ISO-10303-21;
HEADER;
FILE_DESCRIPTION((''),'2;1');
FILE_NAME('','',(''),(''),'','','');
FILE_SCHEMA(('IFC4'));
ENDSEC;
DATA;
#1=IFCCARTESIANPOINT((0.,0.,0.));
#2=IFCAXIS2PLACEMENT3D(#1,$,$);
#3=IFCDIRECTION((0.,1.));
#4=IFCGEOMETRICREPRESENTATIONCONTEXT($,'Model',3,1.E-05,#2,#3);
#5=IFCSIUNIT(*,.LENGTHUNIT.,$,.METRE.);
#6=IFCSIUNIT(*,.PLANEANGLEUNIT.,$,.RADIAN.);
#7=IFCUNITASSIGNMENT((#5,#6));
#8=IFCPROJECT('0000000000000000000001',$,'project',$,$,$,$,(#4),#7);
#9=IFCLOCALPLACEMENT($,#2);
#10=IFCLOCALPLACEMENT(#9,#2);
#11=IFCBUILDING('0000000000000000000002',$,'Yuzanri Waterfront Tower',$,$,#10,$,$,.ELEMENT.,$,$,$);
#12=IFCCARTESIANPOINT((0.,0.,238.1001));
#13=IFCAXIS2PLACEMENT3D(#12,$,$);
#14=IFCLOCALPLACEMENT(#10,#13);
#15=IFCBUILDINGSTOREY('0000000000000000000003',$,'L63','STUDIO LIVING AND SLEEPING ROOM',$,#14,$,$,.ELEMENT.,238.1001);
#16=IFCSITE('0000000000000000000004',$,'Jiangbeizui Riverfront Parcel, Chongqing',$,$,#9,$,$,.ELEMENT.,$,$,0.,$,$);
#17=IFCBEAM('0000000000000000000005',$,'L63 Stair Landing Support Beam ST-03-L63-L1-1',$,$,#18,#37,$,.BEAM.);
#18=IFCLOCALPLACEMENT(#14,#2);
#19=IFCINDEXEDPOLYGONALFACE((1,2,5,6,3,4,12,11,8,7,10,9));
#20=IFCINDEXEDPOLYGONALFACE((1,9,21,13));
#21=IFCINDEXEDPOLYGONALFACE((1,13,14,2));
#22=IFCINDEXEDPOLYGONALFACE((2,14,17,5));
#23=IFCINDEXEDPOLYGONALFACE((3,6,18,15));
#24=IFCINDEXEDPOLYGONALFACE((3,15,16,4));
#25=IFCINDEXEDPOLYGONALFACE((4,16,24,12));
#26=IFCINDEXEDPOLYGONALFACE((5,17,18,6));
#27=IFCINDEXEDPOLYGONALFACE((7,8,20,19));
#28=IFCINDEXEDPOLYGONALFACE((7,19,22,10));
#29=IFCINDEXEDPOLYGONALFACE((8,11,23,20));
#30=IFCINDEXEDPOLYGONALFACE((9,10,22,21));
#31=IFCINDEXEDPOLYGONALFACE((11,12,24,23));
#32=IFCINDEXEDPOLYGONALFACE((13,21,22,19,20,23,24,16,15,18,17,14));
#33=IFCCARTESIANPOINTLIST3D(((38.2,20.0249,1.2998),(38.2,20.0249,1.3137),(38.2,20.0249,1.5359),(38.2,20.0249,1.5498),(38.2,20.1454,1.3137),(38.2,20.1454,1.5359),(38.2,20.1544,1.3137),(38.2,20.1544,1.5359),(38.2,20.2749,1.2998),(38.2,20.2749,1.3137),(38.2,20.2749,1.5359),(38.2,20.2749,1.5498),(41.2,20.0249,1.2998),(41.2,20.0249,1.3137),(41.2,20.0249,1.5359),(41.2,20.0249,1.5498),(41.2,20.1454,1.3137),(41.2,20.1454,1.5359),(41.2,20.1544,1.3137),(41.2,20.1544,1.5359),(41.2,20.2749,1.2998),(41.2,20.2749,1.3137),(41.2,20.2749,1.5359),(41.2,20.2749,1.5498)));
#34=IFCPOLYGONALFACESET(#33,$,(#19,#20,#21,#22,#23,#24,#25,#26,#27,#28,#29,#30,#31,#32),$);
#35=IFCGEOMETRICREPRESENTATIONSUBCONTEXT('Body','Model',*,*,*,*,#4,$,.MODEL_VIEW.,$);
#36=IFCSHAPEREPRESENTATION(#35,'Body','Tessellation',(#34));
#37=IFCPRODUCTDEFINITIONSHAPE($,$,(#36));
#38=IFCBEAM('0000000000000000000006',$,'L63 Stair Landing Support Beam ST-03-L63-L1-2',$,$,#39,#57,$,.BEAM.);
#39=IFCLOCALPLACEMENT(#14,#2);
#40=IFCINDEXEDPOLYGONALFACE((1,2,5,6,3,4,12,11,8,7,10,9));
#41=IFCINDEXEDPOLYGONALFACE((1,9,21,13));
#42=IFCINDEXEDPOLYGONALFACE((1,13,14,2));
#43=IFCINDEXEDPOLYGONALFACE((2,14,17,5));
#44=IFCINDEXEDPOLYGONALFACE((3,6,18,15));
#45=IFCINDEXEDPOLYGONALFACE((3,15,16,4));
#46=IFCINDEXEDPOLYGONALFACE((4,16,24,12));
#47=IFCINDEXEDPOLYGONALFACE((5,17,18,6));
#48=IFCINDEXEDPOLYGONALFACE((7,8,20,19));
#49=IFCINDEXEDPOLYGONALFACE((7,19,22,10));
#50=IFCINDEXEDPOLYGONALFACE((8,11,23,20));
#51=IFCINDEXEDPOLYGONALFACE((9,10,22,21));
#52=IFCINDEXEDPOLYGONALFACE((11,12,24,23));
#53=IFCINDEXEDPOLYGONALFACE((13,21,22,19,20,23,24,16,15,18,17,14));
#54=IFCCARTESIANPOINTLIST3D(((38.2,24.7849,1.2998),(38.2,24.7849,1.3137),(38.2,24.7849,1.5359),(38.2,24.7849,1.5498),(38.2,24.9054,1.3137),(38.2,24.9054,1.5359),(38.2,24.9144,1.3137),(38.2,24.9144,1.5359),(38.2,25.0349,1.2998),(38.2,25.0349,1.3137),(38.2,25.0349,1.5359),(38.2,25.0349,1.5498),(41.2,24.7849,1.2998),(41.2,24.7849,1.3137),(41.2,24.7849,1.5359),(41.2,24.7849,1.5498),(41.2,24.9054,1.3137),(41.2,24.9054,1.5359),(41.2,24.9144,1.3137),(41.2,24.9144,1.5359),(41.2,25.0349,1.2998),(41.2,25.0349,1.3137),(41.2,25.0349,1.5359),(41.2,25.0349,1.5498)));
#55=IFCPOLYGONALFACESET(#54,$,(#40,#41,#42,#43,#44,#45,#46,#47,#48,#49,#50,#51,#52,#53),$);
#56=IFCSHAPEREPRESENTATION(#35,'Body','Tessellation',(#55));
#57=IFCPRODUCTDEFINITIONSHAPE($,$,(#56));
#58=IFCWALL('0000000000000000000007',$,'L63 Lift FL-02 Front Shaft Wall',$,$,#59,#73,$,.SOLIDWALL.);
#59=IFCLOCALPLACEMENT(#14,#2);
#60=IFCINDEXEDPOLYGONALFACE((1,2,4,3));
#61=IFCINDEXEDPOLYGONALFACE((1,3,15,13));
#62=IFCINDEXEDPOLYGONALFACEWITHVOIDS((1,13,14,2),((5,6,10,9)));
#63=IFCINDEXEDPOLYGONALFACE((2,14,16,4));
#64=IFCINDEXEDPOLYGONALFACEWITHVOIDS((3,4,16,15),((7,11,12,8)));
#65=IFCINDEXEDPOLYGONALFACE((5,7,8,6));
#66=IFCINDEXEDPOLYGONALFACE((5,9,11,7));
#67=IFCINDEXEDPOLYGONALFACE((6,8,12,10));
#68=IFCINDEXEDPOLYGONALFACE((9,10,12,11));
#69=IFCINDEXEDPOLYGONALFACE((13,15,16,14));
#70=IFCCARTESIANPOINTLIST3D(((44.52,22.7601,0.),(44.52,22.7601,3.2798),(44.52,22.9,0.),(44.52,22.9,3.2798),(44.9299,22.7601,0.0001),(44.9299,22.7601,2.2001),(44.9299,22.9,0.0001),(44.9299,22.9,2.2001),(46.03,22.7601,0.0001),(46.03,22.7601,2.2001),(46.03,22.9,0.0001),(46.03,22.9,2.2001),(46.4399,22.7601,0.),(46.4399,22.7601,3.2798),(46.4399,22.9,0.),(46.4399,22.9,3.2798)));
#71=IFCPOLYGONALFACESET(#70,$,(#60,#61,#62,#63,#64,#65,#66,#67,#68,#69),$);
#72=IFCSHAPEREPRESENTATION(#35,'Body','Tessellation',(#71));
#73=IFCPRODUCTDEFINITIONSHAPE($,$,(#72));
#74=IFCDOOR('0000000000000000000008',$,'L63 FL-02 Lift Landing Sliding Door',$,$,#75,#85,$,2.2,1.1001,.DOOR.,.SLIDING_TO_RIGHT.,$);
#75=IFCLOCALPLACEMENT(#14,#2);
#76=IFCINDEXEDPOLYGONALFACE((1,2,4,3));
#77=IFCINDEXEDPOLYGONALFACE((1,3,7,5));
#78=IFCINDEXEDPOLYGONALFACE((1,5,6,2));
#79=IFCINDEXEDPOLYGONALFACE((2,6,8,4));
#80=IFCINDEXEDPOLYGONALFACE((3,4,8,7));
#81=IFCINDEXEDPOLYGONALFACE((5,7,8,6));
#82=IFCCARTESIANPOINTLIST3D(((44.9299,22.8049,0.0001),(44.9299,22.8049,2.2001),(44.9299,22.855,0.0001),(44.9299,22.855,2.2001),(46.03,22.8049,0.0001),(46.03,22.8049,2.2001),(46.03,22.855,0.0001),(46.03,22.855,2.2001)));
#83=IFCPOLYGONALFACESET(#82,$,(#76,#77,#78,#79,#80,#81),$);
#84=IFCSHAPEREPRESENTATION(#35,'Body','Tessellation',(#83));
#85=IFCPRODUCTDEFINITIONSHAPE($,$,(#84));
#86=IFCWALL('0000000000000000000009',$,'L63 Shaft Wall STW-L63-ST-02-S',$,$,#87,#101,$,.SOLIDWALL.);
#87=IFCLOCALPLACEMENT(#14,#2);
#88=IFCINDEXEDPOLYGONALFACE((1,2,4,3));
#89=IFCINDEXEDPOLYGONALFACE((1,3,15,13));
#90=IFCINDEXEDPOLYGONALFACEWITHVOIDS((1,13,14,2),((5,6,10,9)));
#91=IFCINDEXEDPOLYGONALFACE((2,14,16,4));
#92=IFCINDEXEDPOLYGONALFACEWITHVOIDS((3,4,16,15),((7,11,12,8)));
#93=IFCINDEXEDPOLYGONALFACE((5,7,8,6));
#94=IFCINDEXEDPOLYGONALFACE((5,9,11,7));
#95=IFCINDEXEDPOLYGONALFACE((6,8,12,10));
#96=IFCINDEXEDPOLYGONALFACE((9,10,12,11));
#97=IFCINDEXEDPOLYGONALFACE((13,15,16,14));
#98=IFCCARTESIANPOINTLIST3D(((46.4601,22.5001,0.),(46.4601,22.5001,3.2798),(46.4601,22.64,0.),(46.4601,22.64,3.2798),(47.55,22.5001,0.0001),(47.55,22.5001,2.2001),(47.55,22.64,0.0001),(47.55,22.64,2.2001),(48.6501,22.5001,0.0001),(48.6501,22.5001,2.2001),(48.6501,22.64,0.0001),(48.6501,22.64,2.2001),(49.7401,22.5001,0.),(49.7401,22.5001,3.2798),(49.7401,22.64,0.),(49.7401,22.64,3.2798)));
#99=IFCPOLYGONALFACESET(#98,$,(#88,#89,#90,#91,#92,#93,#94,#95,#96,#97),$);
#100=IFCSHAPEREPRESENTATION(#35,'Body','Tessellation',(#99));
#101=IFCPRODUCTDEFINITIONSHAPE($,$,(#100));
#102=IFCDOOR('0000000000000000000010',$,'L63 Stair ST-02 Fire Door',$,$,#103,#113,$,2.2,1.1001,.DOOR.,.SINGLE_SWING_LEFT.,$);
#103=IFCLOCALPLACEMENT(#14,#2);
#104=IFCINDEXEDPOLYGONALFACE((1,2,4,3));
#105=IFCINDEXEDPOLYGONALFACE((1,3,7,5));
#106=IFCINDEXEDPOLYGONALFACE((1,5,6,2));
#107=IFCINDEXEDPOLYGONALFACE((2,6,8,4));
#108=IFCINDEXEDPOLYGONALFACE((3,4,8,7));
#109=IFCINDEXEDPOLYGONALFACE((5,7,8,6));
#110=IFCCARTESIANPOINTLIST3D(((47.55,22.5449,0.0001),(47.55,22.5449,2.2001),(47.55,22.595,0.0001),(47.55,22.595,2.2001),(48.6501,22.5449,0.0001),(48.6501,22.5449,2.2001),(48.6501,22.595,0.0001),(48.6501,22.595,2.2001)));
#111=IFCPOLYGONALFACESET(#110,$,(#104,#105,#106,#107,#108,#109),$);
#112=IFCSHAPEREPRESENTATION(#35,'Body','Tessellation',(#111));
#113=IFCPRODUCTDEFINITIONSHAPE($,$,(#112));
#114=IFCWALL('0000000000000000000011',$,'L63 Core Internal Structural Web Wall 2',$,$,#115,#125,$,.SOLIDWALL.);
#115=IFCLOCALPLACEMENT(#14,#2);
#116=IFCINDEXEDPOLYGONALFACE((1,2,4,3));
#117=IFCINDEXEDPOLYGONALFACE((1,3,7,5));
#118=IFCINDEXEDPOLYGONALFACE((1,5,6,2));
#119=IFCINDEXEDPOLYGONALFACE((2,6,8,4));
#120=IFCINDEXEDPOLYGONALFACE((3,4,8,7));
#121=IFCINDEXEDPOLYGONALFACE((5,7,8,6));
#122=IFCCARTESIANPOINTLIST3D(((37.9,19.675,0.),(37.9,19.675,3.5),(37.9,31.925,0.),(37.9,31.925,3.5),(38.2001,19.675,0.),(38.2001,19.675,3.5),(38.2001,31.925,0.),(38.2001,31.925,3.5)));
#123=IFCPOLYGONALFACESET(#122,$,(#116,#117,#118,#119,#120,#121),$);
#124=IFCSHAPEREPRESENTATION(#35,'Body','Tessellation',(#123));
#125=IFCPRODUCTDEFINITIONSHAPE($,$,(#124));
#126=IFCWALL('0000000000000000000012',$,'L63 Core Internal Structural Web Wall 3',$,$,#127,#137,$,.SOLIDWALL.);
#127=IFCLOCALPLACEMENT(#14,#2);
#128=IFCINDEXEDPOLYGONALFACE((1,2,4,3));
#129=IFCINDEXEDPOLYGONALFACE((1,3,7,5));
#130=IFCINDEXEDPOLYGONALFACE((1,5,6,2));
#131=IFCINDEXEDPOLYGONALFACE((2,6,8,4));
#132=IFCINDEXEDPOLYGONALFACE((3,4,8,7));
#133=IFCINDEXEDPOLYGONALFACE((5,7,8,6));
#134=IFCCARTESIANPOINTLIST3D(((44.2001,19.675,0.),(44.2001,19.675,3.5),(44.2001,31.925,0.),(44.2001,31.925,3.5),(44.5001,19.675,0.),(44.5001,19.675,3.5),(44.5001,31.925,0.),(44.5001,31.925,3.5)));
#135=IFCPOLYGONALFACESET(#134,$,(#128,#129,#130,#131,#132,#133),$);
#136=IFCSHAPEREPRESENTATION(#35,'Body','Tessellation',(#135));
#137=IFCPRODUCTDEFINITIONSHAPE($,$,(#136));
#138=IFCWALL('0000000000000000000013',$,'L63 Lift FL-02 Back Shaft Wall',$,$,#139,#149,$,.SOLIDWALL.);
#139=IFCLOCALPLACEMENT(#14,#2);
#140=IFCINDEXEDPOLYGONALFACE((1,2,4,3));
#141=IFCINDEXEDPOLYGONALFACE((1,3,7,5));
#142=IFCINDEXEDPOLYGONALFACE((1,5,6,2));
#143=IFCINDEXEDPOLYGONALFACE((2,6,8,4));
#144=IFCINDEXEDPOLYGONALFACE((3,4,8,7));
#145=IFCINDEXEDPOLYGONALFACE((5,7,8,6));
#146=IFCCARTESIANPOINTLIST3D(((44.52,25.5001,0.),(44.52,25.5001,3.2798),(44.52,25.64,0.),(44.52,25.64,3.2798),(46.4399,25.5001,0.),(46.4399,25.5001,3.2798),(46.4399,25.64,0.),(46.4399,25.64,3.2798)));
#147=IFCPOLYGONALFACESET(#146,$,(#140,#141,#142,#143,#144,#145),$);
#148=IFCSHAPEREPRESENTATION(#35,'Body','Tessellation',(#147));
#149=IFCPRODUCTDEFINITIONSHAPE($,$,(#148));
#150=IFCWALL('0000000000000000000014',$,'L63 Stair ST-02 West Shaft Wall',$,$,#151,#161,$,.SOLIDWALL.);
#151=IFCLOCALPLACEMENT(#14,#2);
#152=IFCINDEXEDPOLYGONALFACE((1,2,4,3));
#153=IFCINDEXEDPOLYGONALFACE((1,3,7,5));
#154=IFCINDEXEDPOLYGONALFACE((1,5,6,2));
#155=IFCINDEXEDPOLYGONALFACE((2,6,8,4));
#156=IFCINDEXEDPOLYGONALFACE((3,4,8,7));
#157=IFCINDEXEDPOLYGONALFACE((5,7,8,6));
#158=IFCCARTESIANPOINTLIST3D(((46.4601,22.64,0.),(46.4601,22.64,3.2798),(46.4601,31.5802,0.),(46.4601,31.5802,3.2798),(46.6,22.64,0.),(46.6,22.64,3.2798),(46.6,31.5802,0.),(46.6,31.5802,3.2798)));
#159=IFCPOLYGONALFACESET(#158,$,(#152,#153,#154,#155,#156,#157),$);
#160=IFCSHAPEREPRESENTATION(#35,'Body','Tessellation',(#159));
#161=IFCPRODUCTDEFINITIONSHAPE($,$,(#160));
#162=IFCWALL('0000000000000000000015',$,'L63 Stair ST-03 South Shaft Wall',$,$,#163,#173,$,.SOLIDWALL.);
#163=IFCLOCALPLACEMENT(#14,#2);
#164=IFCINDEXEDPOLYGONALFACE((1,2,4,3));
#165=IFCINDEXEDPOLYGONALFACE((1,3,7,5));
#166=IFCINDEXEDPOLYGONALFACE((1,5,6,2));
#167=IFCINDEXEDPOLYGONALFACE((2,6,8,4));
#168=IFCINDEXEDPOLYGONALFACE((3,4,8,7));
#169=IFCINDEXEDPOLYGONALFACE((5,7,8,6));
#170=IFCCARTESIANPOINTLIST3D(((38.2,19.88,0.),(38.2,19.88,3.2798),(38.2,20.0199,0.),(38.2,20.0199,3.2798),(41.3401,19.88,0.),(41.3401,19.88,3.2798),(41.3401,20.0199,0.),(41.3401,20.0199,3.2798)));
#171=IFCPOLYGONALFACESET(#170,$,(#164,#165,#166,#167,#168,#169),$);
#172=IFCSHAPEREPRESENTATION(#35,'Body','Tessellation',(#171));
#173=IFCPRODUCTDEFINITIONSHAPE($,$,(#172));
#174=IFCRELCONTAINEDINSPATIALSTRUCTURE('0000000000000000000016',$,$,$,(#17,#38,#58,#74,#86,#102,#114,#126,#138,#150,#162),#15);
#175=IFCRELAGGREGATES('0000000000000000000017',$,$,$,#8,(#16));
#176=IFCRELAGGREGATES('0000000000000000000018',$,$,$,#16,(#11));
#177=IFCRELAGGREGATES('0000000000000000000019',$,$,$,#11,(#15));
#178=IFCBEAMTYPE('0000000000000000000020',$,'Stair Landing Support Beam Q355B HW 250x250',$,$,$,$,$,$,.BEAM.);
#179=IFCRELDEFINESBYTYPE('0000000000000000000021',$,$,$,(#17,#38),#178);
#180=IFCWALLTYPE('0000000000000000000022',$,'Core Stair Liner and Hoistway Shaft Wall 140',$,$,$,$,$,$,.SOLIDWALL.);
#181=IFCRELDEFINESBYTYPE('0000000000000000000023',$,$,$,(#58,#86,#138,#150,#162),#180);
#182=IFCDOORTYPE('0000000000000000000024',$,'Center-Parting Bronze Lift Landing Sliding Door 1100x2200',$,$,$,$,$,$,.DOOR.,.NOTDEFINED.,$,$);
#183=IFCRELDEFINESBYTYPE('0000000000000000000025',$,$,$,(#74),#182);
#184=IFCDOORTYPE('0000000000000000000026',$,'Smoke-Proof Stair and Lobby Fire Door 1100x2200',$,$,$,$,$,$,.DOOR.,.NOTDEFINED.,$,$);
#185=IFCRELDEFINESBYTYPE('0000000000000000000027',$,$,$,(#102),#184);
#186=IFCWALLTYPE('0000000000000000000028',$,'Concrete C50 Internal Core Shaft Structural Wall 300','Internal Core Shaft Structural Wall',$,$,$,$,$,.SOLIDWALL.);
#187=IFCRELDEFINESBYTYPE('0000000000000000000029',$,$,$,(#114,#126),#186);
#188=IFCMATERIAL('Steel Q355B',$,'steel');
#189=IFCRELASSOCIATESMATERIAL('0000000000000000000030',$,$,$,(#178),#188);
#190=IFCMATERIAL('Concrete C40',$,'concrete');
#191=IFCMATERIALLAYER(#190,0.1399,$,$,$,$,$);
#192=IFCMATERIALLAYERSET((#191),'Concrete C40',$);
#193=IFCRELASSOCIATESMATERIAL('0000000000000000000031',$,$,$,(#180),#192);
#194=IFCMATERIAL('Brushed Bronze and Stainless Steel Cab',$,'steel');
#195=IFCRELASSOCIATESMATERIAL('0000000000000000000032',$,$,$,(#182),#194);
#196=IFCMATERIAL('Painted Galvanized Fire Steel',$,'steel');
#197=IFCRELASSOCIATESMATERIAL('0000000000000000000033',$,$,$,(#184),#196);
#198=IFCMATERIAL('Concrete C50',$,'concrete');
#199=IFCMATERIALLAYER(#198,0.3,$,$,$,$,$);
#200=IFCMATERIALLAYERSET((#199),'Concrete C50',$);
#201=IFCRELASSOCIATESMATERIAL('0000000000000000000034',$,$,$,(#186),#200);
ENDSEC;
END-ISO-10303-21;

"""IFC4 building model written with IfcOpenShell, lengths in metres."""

from ifc_helpers import new_model, si_unit, direction, frame, frame_2d, origin, origin_2d, place, context, subcontext, project, spatial, rectangle, i_section, extrude, source, transform, mapped, material, layer, layer_set, material_profile, profile_set, type_object, element, fill, save


model = new_model("IFC4")

# Units and contexts
model_context = context("Model", 3, precision=1e-05, world=origin(), true_north=direction((0.0, 1.0)))
body_context = subcontext(model_context, "Body", "Model", "MODEL_VIEW")
ifc_project = project(units=[si_unit("LENGTHUNIT", "METRE"), si_unit("PLANEANGLEUNIT", "RADIAN")], contexts=[model_context])

# Site, building, storey
site_placement = place(None, origin())
site = spatial("IfcSite", under=ifc_project, at=site_placement, Name="Jiangbeizui Riverfront Parcel, Chongqing", CompositionType="ELEMENT", RefElevation=0.0)
building_placement = place(site_placement, origin())
building = spatial("IfcBuilding", under=site, at=building_placement, Name="Yuzanri Waterfront Tower", CompositionType="ELEMENT")
storey_placement = place(building_placement, frame((0.0, 0.0, 238.1001)))
storey = spatial("IfcBuildingStorey", under=building, at=storey_placement, Name="L63", Description="STUDIO LIVING AND SLEEPING ROOM", CompositionType="ELEMENT", Elevation=238.1001)

# Beams
ifc_material_1 = material(Name="Steel Q355B", Category="steel")
ifc_material_profile = material_profile(ifc_material_1, i_section(OverallWidth=0.25, OverallDepth=0.25, WebThickness=0.009, FlangeThickness=0.0139, at=origin_2d()), Name="HW 250x250x9x14")
ifc_profile_set = profile_set([ifc_material_profile], Name="Steel Q355B")
beam_type = type_object("IfcBeamType", Name="Stair Landing Support Beam Q355B HW 250x250", PredefinedType="BEAM", material=ifc_profile_set)
shared_shape_1 = source(origin(), body_context, "Body", "SweptSolid", [
    extrude(i_section(OverallWidth=0.25, OverallDepth=0.25, WebThickness=0.009, FlangeThickness=0.0139, at=origin_2d()), origin(), (0.0, 0.0, 1.0), 3.0),
])
for number, where, z_axis, x_axis, name in (
    (1, (38.2, 20.1499, 1.4248), (1.0, 0.0, 0.0), (0.0, 1.0, 0.0), "L63 Stair Landing Support Beam ST-03-L63-L1-1"),
    (2, (38.2, 24.9099, 1.4248), (1.0, 0.0, 0.0), (0.0, 1.0, 0.0), "L63 Stair Landing Support Beam ST-03-L63-L1-2"),
):
    element("IfcBeam", number, at=place(storey_placement, frame(where, z_axis=z_axis, x_axis=x_axis)), inside=storey, type_object=beam_type, Name=name, PredefinedType="BEAM", context=body_context, shape_type="MappedRepresentation", body=[
        mapped(shared_shape_1, transform((0.0, 0.0, 0.0), scale=1.0)),
    ])

# Walls, openings, doors
ifc_material_2 = material(Name="Concrete C40", Category="concrete")
ifc_layer_1 = layer(ifc_material_2, 0.1399)
ifc_layer_set_1 = layer_set([ifc_layer_1], Name="Concrete C40")
wall_type_1 = type_object("IfcWallType", Name="Core Stair Liner and Hoistway Shaft Wall 140", PredefinedType="SOLIDWALL", material=ifc_layer_set_1)
wall_1_placement = place(storey_placement, frame((44.52, 22.8301, 0.0), z_axis=(0.0, 0.0, 1.0), x_axis=(1.0, 0.0, 0.0)))
wall_1 = element("IfcWall", 3, at=wall_1_placement, inside=storey, type_object=wall_type_1, Name="L63 Lift FL-02 Front Shaft Wall", PredefinedType="SOLIDWALL", context=body_context, shape_type="SweptSolid", body=[
    extrude(rectangle(XDim=1.9199, YDim=0.1399, at=frame_2d((0.96, 0.0))), origin(), (0.0, 0.0, 1.0), 3.2798),
])
opening_1_placement = place(wall_1_placement, frame((0.4099, 0.0, 0.0)))
opening_1 = element("IfcOpeningElement", 4, at=opening_1_placement, cuts=wall_1, PredefinedType="OPENING", context=body_context, shape_type="SweptSolid", body=[
    extrude(rectangle(XDim=1.1001, YDim=2.2, at=frame_2d((0.55, 1.1001))), frame((0.0, 0.085, 0.0), z_axis=(0.0, -1.0, 0.0), x_axis=(1.0, 0.0, 0.0)), (0.0, 0.0, 1.0), 0.1697),
])
ifc_material_3 = material(Name="Brushed Bronze and Stainless Steel Cab", Category="steel")
door_type_1 = type_object("IfcDoorType", Name="Center-Parting Bronze Lift Landing Sliding Door 1100x2200", OperationType="NOTDEFINED", PredefinedType="DOOR", material=ifc_material_3)
shared_shape_2 = source(origin(), body_context, "Body", "SweptSolid", [
    extrude(rectangle(XDim=1.1001, YDim=2.2, at=frame_2d((0.55, 1.1001))), frame((0.0, 0.0249, 0.0), z_axis=(0.0, -1.0, 0.0), x_axis=(1.0, 0.0, 0.0)), (0.0, 0.0, 1.0), 0.05),
])
door_1_placement = place(opening_1_placement, origin())
door_1 = element("IfcDoor", 5, at=door_1_placement, inside=storey, type_object=door_type_1, Name="L63 FL-02 Lift Landing Sliding Door", OperationType="SLIDING_TO_RIGHT", OverallHeight=2.2, OverallWidth=1.1001, PredefinedType="DOOR", context=body_context, shape_type="MappedRepresentation", body=[
    mapped(shared_shape_2, transform((0.0, 0.0, 0.0), scale=1.0)),
])
fill(opening_1, door_1)
wall_2_placement = place(storey_placement, frame((46.46, 22.5701, 0.0), z_axis=(0.0, 0.0, 1.0), x_axis=(1.0, 0.0, 0.0)))
wall_2 = element("IfcWall", 6, at=wall_2_placement, inside=storey, type_object=wall_type_1, Name="L63 Shaft Wall STW-L63-ST-02-S", PredefinedType="SOLIDWALL", context=body_context, shape_type="SweptSolid", body=[
    extrude(rectangle(XDim=3.28, YDim=0.1399, at=frame_2d((1.6401, 0.0))), origin(), (0.0, 0.0, 1.0), 3.2798),
])
opening_2_placement = place(wall_2_placement, frame((1.0901, 0.0, 0.0)))
opening_2 = element("IfcOpeningElement", 7, at=opening_2_placement, cuts=wall_2, PredefinedType="OPENING", context=body_context, shape_type="SweptSolid", body=[
    extrude(rectangle(XDim=1.1001, YDim=2.2, at=frame_2d((0.55, 1.1001))), frame((0.0, 0.085, 0.0), z_axis=(0.0, -1.0, 0.0), x_axis=(1.0, 0.0, 0.0)), (0.0, 0.0, 1.0), 0.1697),
])
ifc_material_4 = material(Name="Painted Galvanized Fire Steel", Category="steel")
door_type_2 = type_object("IfcDoorType", Name="Smoke-Proof Stair and Lobby Fire Door 1100x2200", OperationType="NOTDEFINED", PredefinedType="DOOR", material=ifc_material_4)
shared_shape_3 = source(origin(), body_context, "Body", "SweptSolid", [
    extrude(rectangle(XDim=1.1001, YDim=2.2, at=frame_2d((0.55, 1.1001))), frame((0.0, 0.0249, 0.0), z_axis=(0.0, -1.0, 0.0), x_axis=(1.0, 0.0, 0.0)), (0.0, 0.0, 1.0), 0.05),
])
door_2_placement = place(opening_2_placement, origin())
door_2 = element("IfcDoor", 8, at=door_2_placement, inside=storey, type_object=door_type_2, Name="L63 Stair ST-02 Fire Door", OperationType="SINGLE_SWING_LEFT", OverallHeight=2.2, OverallWidth=1.1001, PredefinedType="DOOR", context=body_context, shape_type="MappedRepresentation", body=[
    mapped(shared_shape_3, transform((0.0, 0.0, 0.0), scale=1.0)),
])
fill(opening_2, door_2)

# Walls
ifc_material_5 = material(Name="Concrete C50", Category="concrete")
ifc_layer_2 = layer(ifc_material_5, 0.3)
ifc_layer_set_2 = layer_set([ifc_layer_2], Name="Concrete C50")
wall_type_2 = type_object("IfcWallType", Name="Concrete C50 Internal Core Shaft Structural Wall 300", Description="Internal Core Shaft Structural Wall", PredefinedType="SOLIDWALL", material=ifc_layer_set_2)
shared_shape_4 = source(origin(), body_context, "Body", "SweptSolid", [
    extrude(rectangle(XDim=12.25, YDim=0.3, at=frame_2d((6.125, 0.0))), origin(), (0.0, 0.0, 1.0), 3.5),
])
for number, where, z_axis, x_axis, name in (
    (9, (38.05, 19.675, 0.0), (0.0, 0.0, 1.0), (0.0, 1.0, 0.0), "L63 Core Internal Structural Web Wall 2"),
    (10, (44.3501, 19.675, 0.0), (0.0, 0.0, 1.0), (0.0, 1.0, 0.0), "L63 Core Internal Structural Web Wall 3"),
):
    element("IfcWall", number, at=place(storey_placement, frame(where, z_axis=z_axis, x_axis=x_axis)), inside=storey, type_object=wall_type_2, Name=name, PredefinedType="SOLIDWALL", context=body_context, shape_type="MappedRepresentation", body=[
        mapped(shared_shape_4, transform((0.0, 0.0, 0.0), scale=1.0)),
    ])
shared_shape_5 = source(origin(), body_context, "Body", "SweptSolid", [
    extrude(rectangle(XDim=1.9199, YDim=0.1399, at=frame_2d((0.96, 0.0))), origin(), (0.0, 0.0, 1.0), 3.2798),
])
wall_3_placement = place(storey_placement, frame((44.52, 25.5701, 0.0), z_axis=(0.0, 0.0, 1.0), x_axis=(1.0, 0.0, 0.0)))
element("IfcWall", 11, at=wall_3_placement, inside=storey, type_object=wall_type_1, Name="L63 Lift FL-02 Back Shaft Wall", PredefinedType="SOLIDWALL", context=body_context, shape_type="MappedRepresentation", body=[
    mapped(shared_shape_5, transform((0.0, 0.0, 0.0), scale=1.0)),
])
shared_shape_6 = source(origin(), body_context, "Body", "SweptSolid", [
    extrude(rectangle(XDim=8.9402, YDim=0.1399, at=frame_2d((4.4702, 0.0))), origin(), (0.0, 0.0, 1.0), 3.2798),
])
wall_4_placement = place(storey_placement, frame((46.53, 22.6399, 0.0), z_axis=(0.0, 0.0, 1.0), x_axis=(0.0, 1.0, 0.0)))
element("IfcWall", 12, at=wall_4_placement, inside=storey, type_object=wall_type_1, Name="L63 Stair ST-02 West Shaft Wall", PredefinedType="SOLIDWALL", context=body_context, shape_type="MappedRepresentation", body=[
    mapped(shared_shape_6, transform((0.0, 0.0, 0.0), scale=1.0)),
])
shared_shape_7 = source(origin(), body_context, "Body", "SweptSolid", [
    extrude(rectangle(XDim=3.1401, YDim=0.1399, at=frame_2d((1.5701, 0.0))), origin(), (0.0, 0.0, 1.0), 3.2798),
])
wall_5_placement = place(storey_placement, frame((38.2, 19.95, 0.0), z_axis=(0.0, 0.0, 1.0), x_axis=(1.0, 0.0, 0.0)))
element("IfcWall", 13, at=wall_5_placement, inside=storey, type_object=wall_type_1, Name="L63 Stair ST-03 South Shaft Wall", PredefinedType="SOLIDWALL", context=body_context, shape_type="MappedRepresentation", body=[
    mapped(shared_shape_7, transform((0.0, 0.0, 0.0), scale=1.0)),
])

save(model, "model.ifc")
